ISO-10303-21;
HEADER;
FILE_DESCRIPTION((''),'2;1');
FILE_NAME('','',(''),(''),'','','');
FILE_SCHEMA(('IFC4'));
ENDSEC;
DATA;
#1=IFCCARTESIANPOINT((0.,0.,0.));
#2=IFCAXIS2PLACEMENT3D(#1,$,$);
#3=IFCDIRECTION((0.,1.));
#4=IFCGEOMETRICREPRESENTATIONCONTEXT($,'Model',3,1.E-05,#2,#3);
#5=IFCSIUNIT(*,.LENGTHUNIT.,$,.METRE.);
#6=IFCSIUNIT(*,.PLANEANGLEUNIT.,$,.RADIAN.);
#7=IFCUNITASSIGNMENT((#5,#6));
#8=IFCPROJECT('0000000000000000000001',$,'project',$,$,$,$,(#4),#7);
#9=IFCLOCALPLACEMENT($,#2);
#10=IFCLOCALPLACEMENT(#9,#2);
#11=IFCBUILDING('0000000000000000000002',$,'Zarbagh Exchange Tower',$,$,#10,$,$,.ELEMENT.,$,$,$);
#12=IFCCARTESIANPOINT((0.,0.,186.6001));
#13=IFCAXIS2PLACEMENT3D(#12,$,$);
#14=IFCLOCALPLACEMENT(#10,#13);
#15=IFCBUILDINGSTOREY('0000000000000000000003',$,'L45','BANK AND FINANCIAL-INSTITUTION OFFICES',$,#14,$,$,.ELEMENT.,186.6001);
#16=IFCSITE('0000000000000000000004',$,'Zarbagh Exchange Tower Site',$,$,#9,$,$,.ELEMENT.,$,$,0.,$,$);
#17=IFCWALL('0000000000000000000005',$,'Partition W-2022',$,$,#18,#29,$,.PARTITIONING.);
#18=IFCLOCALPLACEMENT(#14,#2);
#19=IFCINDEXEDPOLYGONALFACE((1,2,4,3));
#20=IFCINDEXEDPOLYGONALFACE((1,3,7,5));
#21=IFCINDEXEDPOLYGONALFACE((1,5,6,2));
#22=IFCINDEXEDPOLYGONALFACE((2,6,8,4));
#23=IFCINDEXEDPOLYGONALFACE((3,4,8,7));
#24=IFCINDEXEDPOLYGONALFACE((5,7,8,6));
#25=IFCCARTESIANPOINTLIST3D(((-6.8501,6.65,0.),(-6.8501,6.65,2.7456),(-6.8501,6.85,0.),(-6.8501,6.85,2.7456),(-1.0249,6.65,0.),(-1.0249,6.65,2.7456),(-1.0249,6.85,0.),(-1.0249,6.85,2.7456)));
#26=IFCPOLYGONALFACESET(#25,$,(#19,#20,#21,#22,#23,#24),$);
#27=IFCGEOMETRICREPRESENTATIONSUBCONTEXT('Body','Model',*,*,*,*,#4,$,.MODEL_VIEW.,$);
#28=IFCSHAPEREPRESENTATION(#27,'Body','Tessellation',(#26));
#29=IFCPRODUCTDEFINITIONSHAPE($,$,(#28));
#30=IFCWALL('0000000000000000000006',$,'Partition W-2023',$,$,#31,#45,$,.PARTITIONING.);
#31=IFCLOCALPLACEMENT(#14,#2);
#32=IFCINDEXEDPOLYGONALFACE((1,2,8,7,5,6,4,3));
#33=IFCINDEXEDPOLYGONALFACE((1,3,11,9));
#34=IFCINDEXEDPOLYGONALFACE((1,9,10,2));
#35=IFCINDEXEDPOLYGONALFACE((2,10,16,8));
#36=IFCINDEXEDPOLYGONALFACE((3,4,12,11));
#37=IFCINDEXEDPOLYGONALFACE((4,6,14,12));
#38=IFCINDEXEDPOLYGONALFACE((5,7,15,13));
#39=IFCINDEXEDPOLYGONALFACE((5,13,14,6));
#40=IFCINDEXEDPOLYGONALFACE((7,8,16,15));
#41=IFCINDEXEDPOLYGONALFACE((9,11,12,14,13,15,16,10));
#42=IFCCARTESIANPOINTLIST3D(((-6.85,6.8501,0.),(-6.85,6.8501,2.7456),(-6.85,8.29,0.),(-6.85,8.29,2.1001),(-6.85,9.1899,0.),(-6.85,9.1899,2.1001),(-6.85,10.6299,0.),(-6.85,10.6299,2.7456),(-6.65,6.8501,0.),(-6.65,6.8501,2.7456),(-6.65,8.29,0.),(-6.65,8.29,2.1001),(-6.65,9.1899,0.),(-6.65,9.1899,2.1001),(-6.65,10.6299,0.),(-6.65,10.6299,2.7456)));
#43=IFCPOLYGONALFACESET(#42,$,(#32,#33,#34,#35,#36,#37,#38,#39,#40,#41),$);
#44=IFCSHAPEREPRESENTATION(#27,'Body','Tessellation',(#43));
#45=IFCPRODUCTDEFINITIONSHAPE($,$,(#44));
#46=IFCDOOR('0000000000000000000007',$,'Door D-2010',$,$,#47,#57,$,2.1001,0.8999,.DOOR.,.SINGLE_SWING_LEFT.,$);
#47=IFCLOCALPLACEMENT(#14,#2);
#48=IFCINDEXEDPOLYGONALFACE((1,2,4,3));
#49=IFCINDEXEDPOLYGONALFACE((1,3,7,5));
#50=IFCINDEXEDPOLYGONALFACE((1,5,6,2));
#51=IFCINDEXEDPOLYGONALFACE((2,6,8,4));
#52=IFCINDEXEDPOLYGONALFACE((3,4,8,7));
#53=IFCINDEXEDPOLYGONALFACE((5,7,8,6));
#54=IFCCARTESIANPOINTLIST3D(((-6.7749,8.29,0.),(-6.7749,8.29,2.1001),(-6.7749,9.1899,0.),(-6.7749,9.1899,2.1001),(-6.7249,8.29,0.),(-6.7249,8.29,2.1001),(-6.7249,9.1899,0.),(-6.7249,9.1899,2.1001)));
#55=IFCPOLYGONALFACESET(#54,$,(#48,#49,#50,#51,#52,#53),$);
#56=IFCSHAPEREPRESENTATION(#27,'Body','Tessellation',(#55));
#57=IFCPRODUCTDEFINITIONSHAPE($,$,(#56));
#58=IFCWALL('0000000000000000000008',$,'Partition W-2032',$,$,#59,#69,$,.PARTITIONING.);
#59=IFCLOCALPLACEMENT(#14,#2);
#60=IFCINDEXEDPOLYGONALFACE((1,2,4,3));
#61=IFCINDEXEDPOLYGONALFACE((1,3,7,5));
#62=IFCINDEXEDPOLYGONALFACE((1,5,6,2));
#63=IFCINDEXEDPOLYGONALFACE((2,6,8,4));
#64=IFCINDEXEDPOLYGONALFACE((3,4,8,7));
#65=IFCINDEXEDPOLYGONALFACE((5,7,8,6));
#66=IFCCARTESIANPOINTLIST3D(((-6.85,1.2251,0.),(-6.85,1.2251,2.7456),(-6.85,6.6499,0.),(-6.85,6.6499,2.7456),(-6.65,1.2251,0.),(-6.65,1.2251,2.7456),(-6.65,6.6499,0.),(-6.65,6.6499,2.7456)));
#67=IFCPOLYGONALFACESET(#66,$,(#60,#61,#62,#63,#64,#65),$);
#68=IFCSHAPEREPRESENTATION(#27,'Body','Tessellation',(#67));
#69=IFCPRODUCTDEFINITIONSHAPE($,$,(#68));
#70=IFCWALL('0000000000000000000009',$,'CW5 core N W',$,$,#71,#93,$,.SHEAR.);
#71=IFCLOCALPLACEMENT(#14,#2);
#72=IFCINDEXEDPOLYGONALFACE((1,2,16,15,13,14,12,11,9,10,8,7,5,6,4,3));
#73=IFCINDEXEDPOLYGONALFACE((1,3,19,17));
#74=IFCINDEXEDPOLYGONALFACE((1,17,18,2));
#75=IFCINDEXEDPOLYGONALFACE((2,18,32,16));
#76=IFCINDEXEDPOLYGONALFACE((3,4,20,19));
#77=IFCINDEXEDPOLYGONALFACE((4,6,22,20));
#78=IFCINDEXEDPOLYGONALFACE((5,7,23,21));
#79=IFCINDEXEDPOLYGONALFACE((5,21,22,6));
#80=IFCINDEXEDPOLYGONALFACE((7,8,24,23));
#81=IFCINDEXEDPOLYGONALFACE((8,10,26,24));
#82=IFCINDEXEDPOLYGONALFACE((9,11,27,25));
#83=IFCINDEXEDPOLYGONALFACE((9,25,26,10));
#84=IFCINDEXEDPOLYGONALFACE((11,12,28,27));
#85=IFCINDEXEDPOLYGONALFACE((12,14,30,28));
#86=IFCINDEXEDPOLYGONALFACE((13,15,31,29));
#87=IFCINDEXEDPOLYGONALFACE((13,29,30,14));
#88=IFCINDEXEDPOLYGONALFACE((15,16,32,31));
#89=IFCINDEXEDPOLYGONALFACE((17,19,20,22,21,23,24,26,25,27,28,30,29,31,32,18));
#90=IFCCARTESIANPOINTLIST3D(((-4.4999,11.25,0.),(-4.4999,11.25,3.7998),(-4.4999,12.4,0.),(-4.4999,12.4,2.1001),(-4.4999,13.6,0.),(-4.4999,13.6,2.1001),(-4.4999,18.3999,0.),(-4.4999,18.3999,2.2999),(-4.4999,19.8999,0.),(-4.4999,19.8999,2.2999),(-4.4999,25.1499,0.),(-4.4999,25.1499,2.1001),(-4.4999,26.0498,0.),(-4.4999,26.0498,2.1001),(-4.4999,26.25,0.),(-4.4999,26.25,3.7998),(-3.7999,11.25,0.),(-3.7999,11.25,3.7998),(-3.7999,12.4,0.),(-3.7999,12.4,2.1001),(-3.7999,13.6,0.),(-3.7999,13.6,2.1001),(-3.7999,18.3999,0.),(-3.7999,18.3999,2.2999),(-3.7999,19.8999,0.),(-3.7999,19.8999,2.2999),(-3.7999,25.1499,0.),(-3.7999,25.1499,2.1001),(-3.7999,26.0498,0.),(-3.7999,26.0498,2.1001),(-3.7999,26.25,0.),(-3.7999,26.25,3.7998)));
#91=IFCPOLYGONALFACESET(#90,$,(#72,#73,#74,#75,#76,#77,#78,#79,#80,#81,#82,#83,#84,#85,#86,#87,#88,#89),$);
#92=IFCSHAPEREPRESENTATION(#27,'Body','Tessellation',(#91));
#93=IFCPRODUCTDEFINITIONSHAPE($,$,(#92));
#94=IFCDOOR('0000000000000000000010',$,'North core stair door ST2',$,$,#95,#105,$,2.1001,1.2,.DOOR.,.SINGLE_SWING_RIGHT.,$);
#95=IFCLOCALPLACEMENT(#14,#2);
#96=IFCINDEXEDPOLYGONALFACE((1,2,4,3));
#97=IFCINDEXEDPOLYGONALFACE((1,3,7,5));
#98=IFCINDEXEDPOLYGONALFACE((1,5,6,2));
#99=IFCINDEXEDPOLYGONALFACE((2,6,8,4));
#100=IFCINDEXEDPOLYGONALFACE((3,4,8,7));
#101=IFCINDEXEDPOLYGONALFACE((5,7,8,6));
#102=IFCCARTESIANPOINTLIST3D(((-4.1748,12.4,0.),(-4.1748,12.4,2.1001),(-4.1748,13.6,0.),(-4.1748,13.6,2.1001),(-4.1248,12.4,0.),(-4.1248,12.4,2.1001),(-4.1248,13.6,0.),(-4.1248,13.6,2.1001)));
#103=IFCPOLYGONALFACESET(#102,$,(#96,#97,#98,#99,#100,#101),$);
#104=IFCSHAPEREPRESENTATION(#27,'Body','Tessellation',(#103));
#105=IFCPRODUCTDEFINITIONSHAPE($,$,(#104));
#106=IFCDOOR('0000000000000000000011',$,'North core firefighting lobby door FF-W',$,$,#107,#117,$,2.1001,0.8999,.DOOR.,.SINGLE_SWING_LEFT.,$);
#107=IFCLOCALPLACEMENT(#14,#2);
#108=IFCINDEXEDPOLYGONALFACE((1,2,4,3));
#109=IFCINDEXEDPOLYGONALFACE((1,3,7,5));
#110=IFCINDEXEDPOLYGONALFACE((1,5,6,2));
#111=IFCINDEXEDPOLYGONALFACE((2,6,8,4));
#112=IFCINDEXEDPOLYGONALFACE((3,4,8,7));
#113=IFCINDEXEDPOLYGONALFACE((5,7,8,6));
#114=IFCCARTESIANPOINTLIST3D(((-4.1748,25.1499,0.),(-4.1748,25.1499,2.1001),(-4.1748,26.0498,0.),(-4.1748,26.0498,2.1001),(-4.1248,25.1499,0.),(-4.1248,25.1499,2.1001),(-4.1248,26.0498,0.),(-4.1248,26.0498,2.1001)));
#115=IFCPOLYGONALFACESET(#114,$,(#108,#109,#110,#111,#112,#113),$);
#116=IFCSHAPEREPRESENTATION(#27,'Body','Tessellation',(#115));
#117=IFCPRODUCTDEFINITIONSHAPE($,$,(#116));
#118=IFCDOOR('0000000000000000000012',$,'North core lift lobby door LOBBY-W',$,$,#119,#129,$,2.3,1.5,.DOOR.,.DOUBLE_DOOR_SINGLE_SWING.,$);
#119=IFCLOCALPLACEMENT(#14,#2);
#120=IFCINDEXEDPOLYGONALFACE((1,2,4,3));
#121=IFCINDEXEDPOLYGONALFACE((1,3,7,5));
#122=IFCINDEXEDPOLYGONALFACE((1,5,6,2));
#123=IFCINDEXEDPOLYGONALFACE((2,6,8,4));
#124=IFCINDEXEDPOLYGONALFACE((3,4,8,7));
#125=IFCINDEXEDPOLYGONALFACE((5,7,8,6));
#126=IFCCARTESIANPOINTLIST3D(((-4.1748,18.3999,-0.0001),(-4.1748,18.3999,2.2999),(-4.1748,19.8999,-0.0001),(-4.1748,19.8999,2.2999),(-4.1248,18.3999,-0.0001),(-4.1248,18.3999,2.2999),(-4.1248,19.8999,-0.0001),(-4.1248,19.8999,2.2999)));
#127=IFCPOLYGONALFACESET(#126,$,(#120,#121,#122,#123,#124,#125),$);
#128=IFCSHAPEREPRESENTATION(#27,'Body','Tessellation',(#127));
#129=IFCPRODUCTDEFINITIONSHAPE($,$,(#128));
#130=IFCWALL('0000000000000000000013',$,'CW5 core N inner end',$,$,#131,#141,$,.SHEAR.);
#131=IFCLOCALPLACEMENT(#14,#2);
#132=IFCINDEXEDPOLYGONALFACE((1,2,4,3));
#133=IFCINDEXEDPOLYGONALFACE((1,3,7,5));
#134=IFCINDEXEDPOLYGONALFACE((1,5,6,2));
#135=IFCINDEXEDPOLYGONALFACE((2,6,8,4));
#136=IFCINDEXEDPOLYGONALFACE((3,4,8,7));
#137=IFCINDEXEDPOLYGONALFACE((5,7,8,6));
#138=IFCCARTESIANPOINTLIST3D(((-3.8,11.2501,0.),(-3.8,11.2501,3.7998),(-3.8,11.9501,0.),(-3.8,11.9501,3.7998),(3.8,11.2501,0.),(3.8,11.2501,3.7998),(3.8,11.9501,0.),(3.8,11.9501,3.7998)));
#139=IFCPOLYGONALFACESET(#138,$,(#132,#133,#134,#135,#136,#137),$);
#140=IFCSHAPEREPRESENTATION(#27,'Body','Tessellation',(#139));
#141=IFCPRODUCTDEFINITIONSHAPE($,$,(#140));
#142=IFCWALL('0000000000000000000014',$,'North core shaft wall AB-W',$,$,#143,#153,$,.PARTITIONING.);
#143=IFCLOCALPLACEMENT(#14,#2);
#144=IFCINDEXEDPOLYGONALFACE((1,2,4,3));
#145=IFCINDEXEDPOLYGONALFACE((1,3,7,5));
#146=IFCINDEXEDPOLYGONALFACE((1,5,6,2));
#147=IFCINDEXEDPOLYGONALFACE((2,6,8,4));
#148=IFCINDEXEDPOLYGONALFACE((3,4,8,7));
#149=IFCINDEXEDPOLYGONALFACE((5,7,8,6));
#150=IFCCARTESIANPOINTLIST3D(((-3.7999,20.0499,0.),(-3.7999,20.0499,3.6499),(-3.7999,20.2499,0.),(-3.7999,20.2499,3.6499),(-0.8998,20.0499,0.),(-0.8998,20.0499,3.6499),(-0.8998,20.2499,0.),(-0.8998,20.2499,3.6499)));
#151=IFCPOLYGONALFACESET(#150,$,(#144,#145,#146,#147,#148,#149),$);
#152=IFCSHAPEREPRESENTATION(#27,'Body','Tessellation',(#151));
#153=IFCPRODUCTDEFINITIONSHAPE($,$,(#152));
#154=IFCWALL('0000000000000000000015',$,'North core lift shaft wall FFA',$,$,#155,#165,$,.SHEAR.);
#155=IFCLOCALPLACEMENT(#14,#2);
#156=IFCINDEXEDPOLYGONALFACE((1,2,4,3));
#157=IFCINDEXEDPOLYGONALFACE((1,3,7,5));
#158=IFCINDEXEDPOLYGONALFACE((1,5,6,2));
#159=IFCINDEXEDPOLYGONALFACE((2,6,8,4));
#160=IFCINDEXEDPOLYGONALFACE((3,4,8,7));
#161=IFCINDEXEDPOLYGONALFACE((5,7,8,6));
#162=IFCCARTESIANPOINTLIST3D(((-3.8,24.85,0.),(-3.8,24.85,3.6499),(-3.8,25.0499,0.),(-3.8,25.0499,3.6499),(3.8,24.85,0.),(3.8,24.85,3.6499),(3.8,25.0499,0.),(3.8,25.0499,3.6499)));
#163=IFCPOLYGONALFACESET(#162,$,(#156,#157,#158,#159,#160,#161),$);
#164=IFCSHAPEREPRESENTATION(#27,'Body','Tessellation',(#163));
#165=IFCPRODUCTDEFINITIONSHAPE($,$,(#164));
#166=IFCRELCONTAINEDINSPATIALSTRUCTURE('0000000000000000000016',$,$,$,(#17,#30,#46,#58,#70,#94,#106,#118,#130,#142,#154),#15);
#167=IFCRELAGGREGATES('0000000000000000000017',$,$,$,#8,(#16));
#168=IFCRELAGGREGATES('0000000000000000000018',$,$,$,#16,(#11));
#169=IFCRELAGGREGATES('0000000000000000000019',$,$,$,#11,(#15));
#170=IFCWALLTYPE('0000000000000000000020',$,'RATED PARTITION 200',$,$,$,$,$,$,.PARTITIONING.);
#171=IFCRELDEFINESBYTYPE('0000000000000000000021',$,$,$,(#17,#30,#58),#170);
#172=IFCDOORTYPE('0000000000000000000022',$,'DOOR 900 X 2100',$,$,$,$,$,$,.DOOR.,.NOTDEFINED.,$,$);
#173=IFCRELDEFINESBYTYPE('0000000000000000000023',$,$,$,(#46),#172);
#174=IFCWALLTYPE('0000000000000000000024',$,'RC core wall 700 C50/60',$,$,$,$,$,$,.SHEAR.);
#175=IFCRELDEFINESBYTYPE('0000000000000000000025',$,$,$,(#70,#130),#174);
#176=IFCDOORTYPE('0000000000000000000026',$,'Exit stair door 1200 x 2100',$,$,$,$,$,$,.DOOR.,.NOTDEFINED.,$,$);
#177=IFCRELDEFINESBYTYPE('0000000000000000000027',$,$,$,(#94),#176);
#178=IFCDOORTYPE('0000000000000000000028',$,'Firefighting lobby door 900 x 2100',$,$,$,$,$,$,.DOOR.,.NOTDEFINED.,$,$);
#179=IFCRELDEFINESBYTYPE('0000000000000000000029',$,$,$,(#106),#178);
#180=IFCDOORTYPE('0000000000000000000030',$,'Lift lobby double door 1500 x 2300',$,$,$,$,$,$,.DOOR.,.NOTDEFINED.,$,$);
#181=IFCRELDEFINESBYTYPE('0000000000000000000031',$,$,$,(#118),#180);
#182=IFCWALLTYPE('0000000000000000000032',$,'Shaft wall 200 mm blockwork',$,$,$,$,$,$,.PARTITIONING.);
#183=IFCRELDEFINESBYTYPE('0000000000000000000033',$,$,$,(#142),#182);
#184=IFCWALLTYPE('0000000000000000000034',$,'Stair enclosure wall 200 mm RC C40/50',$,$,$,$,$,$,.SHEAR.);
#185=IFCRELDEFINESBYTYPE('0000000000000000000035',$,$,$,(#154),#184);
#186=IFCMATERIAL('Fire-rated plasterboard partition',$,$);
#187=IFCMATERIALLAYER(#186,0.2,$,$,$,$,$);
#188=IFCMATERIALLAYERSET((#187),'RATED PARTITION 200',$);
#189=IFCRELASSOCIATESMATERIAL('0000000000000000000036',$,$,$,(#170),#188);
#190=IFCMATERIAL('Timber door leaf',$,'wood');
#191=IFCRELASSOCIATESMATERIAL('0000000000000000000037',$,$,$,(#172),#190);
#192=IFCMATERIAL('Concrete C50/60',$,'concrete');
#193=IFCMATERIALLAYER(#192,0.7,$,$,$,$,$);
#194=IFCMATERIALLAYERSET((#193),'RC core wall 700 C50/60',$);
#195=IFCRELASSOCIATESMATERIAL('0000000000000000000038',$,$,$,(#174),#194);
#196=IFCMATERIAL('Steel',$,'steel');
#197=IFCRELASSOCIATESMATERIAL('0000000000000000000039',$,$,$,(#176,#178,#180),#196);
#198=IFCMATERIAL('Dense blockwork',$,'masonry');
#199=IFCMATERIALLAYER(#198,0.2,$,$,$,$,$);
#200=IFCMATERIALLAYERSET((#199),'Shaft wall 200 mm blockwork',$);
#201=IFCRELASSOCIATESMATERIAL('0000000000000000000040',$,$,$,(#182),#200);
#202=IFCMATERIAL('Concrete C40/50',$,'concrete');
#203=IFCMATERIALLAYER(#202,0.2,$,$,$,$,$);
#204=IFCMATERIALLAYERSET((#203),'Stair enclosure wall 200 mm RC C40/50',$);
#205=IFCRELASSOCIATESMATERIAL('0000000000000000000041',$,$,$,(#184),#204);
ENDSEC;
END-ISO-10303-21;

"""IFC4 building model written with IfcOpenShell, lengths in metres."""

from ifc_helpers import new_model, si_unit, direction, frame, frame_2d, origin, place, context, subcontext, project, spatial, rectangle, extrude, material, layer, layer_set, type_object, element, fill, save


model = new_model("IFC4")

# Units and contexts
model_context = context("Model", 3, precision=1e-05, world=origin(), true_north=direction((0.0, 1.0)))
body_context = subcontext(model_context, "Body", "Model", "MODEL_VIEW")
ifc_project = project(units=[si_unit("LENGTHUNIT", "METRE"), si_unit("PLANEANGLEUNIT", "RADIAN")], contexts=[model_context])

# Site, building, storey
site_placement = place(None, origin())
site = spatial("IfcSite", under=ifc_project, at=site_placement, Name="Zarbagh Exchange Tower Site", CompositionType="ELEMENT", RefElevation=0.0)
building_placement = place(site_placement, origin())
building = spatial("IfcBuilding", under=site, at=building_placement, Name="Zarbagh Exchange Tower", CompositionType="ELEMENT")
storey_placement = place(building_placement, frame((0.0, 0.0, 186.6001)))
storey = spatial("IfcBuildingStorey", under=building, at=storey_placement, Name="L45", Description="BANK AND FINANCIAL-INSTITUTION OFFICES", CompositionType="ELEMENT", Elevation=186.6001)

# Shared definitions
ifc_material_1 = material(Name="Concrete C50/60", Category="concrete")

# Shared definitions
ifc_material_2 = material(Name="Dense blockwork", Category="masonry")

# Shared definitions
ifc_material_3 = material(Name="Fire-rated plasterboard partition")
ifc_layer_1 = layer(ifc_material_3, 0.2)
ifc_layer_set_1 = layer_set([ifc_layer_1], Name="RATED PARTITION 200")
wall_type_1 = type_object("IfcWallType", Name="RATED PARTITION 200", PredefinedType="PARTITIONING", material=ifc_layer_set_1)

# Wall
wall_1_placement = place(storey_placement, frame((-6.8501, 6.75, 0.0), z_axis=(0.0, 0.0, 1.0), x_axis=(1.0, 0.0, 0.0)))
element("IfcWall", 1, at=wall_1_placement, inside=storey, type_object=wall_type_1, Name="Partition W-2022", PredefinedType="PARTITIONING", context=body_context, shape_type="SweptSolid", body=[
    extrude(rectangle(XDim=5.8252, YDim=0.2, at=frame_2d((2.9126, 0.0))), origin(), (0.0, 0.0, 1.0), 2.7456),
])

# Wall, opening, door
wall_2_placement = place(storey_placement, frame((-6.75, 6.8501, 0.0), z_axis=(0.0, 0.0, 1.0), x_axis=(0.0, 1.0, 0.0)))
wall_2 = element("IfcWall", 2, at=wall_2_placement, inside=storey, type_object=wall_type_1, Name="Partition W-2023", PredefinedType="PARTITIONING", context=body_context, shape_type="SweptSolid", body=[
    extrude(rectangle(XDim=3.7798, YDim=0.2, at=frame_2d((1.8899, 0.0))), origin(), (0.0, 0.0, 1.0), 2.7456),
])
opening_1_placement = place(wall_2_placement, frame((1.4399, 0.0, 0.0)))
opening_1 = element("IfcOpeningElement", 3, at=opening_1_placement, cuts=wall_2, PredefinedType="OPENING", context=body_context, shape_type="SweptSolid", body=[
    extrude(rectangle(XDim=0.8999, YDim=2.1001, at=frame_2d((0.45, 1.05))), frame((0.0, 0.1099, 0.0), z_axis=(0.0, -1.0, 0.0), x_axis=(1.0, 0.0, 0.0)), (0.0, 0.0, 1.0), 0.22),
])
ifc_material_4 = material(Name="Timber door leaf", Category="wood")
door_type_1 = type_object("IfcDoorType", Name="DOOR 900 X 2100", OperationType="NOTDEFINED", PredefinedType="DOOR", material=ifc_material_4)
door_1_placement = place(opening_1_placement, origin())
door_1 = element("IfcDoor", 4, at=door_1_placement, inside=storey, type_object=door_type_1, Name="Door D-2010", OperationType="SINGLE_SWING_LEFT", OverallHeight=2.1001, OverallWidth=0.8999, PredefinedType="DOOR", context=body_context, shape_type="SweptSolid", body=[
    extrude(rectangle(XDim=0.8999, YDim=2.1001, at=frame_2d((0.45, 1.05))), frame((0.0, 0.0249, 0.0), z_axis=(0.0, -1.0, 0.0), x_axis=(1.0, 0.0, 0.0)), (0.0, 0.0, 1.0), 0.05),
])
fill(opening_1, door_1)

# Wall
wall_3_placement = place(storey_placement, frame((-6.75, 1.2251, 0.0), z_axis=(0.0, 0.0, 1.0), x_axis=(0.0, 1.0, 0.0)))
element("IfcWall", 5, at=wall_3_placement, inside=storey, type_object=wall_type_1, Name="Partition W-2032", PredefinedType="PARTITIONING", context=body_context, shape_type="SweptSolid", body=[
    extrude(rectangle(XDim=5.4248, YDim=0.2, at=frame_2d((2.7124, 0.0))), origin(), (0.0, 0.0, 1.0), 2.7456),
])

# Wall, openings, doors
ifc_layer_2 = layer(ifc_material_1, 0.7)
ifc_layer_set_2 = layer_set([ifc_layer_2], Name="RC core wall 700 C50/60")
wall_type_2 = type_object("IfcWallType", Name="RC core wall 700 C50/60", PredefinedType="SHEAR", material=ifc_layer_set_2)
wall_4_placement = place(storey_placement, frame((-4.1499, 11.25, 0.0), z_axis=(0.0, 0.0, 1.0), x_axis=(0.0, 1.0, 0.0)))
wall_4 = element("IfcWall", 6, at=wall_4_placement, inside=storey, type_object=wall_type_2, Name="CW5 core N W", PredefinedType="SHEAR", context=body_context, shape_type="SweptSolid", body=[
    extrude(rectangle(XDim=15.0, YDim=0.7, at=frame_2d((7.5, 0.0))), origin(), (0.0, 0.0, 1.0), 3.7998),
])
opening_2_placement = place(wall_4_placement, frame((7.1499, 0.0, 0.0)))
opening_2 = element("IfcOpeningElement", 7, at=opening_2_placement, cuts=wall_4, PredefinedType="OPENING", context=body_context, shape_type="SweptSolid", body=[
    extrude(rectangle(XDim=1.5, YDim=2.3, at=frame_2d((0.75, 1.1499))), frame((0.0, 0.3599, 0.0), z_axis=(0.0, -1.0, 0.0), x_axis=(1.0, 0.0, 0.0)), (0.0, 0.0, 1.0), 0.72),
])
opening_3_placement = place(wall_4_placement, frame((13.8999, 0.0, 0.0)))
opening_3 = element("IfcOpeningElement", 8, at=opening_3_placement, cuts=wall_4, PredefinedType="OPENING", context=body_context, shape_type="SweptSolid", body=[
    extrude(rectangle(XDim=0.8999, YDim=2.1001, at=frame_2d((0.45, 1.05))), frame((0.0, 0.3599, 0.0), z_axis=(0.0, -1.0, 0.0), x_axis=(1.0, 0.0, 0.0)), (0.0, 0.0, 1.0), 0.72),
])
opening_4_placement = place(wall_4_placement, frame((1.1499, 0.0, 0.0)))
opening_4 = element("IfcOpeningElement", 9, at=opening_4_placement, cuts=wall_4, PredefinedType="OPENING", context=body_context, shape_type="SweptSolid", body=[
    extrude(rectangle(XDim=1.2, YDim=2.1001, at=frame_2d((0.6001, 1.05))), frame((0.0, 0.3599, 0.0), z_axis=(0.0, -1.0, 0.0), x_axis=(1.0, 0.0, 0.0)), (0.0, 0.0, 1.0), 0.72),
])
ifc_material_5 = material(Name="Steel", Category="steel")
door_type_2 = type_object("IfcDoorType", Name="Exit stair door 1200 x 2100", OperationType="NOTDEFINED", PredefinedType="DOOR", material=ifc_material_5)
door_2_placement = place(opening_4_placement, origin())
door_2 = element("IfcDoor", 10, at=door_2_placement, inside=storey, type_object=door_type_2, Name="North core stair door ST2", OperationType="SINGLE_SWING_RIGHT", OverallHeight=2.1001, OverallWidth=1.2, PredefinedType="DOOR", context=body_context, shape_type="SweptSolid", body=[
    extrude(rectangle(XDim=1.2, YDim=2.1001, at=frame_2d((0.6001, 1.05))), frame((0.0, 0.0249, 0.0), z_axis=(0.0, -1.0, 0.0), x_axis=(1.0, 0.0, 0.0)), (0.0, 0.0, 1.0), 0.05),
])
fill(opening_4, door_2)
door_type_3 = type_object("IfcDoorType", Name="Firefighting lobby door 900 x 2100", OperationType="NOTDEFINED", PredefinedType="DOOR", material=ifc_material_5)
door_3_placement = place(opening_3_placement, origin())
door_3 = element("IfcDoor", 11, at=door_3_placement, inside=storey, type_object=door_type_3, Name="North core firefighting lobby door FF-W", OperationType="SINGLE_SWING_LEFT", OverallHeight=2.1001, OverallWidth=0.8999, PredefinedType="DOOR", context=body_context, shape_type="SweptSolid", body=[
    extrude(rectangle(XDim=0.8999, YDim=2.1001, at=frame_2d((0.45, 1.05))), frame((0.0, 0.0249, 0.0), z_axis=(0.0, -1.0, 0.0), x_axis=(1.0, 0.0, 0.0)), (0.0, 0.0, 1.0), 0.05),
])
fill(opening_3, door_3)
door_type_4 = type_object("IfcDoorType", Name="Lift lobby double door 1500 x 2300", OperationType="NOTDEFINED", PredefinedType="DOOR", material=ifc_material_5)
door_4_placement = place(opening_2_placement, origin())
door_4 = element("IfcDoor", 12, at=door_4_placement, inside=storey, type_object=door_type_4, Name="North core lift lobby door LOBBY-W", OperationType="DOUBLE_DOOR_SINGLE_SWING", OverallHeight=2.3, OverallWidth=1.5, PredefinedType="DOOR", context=body_context, shape_type="SweptSolid", body=[
    extrude(rectangle(XDim=1.5, YDim=2.3, at=frame_2d((0.75, 1.1499))), frame((0.0, 0.0249, 0.0), z_axis=(0.0, -1.0, 0.0), x_axis=(1.0, 0.0, 0.0)), (0.0, 0.0, 1.0), 0.05),
])
fill(opening_2, door_4)

# Walls
wall_5_placement = place(storey_placement, frame((-3.8, 11.6001, 0.0), z_axis=(0.0, 0.0, 1.0), x_axis=(1.0, 0.0, 0.0)))
element("IfcWall", 13, at=wall_5_placement, inside=storey, type_object=wall_type_2, Name="CW5 core N inner end", PredefinedType="SHEAR", context=body_context, shape_type="SweptSolid", body=[
    extrude(rectangle(XDim=7.6001, YDim=0.7, at=frame_2d((3.8, 0.0))), origin(), (0.0, 0.0, 1.0), 3.7998),
])
ifc_layer_3 = layer(ifc_material_2, 0.2)
ifc_layer_set_3 = layer_set([ifc_layer_3], Name="Shaft wall 200 mm blockwork")
wall_type_3 = type_object("IfcWallType", Name="Shaft wall 200 mm blockwork", PredefinedType="PARTITIONING", material=ifc_layer_set_3)
wall_6_placement = place(storey_placement, frame((-3.8, 20.1499, 0.0), z_axis=(0.0, 0.0, 1.0), x_axis=(1.0, 0.0, 0.0)))
element("IfcWall", 14, at=wall_6_placement, inside=storey, type_object=wall_type_3, Name="North core shaft wall AB-W", PredefinedType="PARTITIONING", context=body_context, shape_type="SweptSolid", body=[
    extrude(rectangle(XDim=2.9001, YDim=0.2, at=frame_2d((1.4502, 0.0))), origin(), (0.0, 0.0, 1.0), 3.6499),
])
ifc_material_6 = material(Name="Concrete C40/50", Category="concrete")
ifc_layer_4 = layer(ifc_material_6, 0.2)
ifc_layer_set_4 = layer_set([ifc_layer_4], Name="Stair enclosure wall 200 mm RC C40/50")
wall_type_4 = type_object("IfcWallType", Name="Stair enclosure wall 200 mm RC C40/50", PredefinedType="SHEAR", material=ifc_layer_set_4)
for number, where, z_axis, x_axis, name in (
    (15, (-3.8, 24.95, 0.0), (0.0, 0.0, 1.0), (1.0, 0.0, 0.0), "North core lift shaft wall FFA"),
):
    element("IfcWall", number, at=place(storey_placement, frame(where, z_axis=z_axis, x_axis=x_axis)), inside=storey, type_object=wall_type_4, Name=name, PredefinedType="SHEAR", context=body_context, shape_type="SweptSolid", body=[
        extrude(rectangle(XDim=7.6001, YDim=0.2, at=frame_2d((3.8, 0.0))), origin(), (0.0, 0.0, 1.0), 3.6499),
    ])

save(model, "model.ifc")
